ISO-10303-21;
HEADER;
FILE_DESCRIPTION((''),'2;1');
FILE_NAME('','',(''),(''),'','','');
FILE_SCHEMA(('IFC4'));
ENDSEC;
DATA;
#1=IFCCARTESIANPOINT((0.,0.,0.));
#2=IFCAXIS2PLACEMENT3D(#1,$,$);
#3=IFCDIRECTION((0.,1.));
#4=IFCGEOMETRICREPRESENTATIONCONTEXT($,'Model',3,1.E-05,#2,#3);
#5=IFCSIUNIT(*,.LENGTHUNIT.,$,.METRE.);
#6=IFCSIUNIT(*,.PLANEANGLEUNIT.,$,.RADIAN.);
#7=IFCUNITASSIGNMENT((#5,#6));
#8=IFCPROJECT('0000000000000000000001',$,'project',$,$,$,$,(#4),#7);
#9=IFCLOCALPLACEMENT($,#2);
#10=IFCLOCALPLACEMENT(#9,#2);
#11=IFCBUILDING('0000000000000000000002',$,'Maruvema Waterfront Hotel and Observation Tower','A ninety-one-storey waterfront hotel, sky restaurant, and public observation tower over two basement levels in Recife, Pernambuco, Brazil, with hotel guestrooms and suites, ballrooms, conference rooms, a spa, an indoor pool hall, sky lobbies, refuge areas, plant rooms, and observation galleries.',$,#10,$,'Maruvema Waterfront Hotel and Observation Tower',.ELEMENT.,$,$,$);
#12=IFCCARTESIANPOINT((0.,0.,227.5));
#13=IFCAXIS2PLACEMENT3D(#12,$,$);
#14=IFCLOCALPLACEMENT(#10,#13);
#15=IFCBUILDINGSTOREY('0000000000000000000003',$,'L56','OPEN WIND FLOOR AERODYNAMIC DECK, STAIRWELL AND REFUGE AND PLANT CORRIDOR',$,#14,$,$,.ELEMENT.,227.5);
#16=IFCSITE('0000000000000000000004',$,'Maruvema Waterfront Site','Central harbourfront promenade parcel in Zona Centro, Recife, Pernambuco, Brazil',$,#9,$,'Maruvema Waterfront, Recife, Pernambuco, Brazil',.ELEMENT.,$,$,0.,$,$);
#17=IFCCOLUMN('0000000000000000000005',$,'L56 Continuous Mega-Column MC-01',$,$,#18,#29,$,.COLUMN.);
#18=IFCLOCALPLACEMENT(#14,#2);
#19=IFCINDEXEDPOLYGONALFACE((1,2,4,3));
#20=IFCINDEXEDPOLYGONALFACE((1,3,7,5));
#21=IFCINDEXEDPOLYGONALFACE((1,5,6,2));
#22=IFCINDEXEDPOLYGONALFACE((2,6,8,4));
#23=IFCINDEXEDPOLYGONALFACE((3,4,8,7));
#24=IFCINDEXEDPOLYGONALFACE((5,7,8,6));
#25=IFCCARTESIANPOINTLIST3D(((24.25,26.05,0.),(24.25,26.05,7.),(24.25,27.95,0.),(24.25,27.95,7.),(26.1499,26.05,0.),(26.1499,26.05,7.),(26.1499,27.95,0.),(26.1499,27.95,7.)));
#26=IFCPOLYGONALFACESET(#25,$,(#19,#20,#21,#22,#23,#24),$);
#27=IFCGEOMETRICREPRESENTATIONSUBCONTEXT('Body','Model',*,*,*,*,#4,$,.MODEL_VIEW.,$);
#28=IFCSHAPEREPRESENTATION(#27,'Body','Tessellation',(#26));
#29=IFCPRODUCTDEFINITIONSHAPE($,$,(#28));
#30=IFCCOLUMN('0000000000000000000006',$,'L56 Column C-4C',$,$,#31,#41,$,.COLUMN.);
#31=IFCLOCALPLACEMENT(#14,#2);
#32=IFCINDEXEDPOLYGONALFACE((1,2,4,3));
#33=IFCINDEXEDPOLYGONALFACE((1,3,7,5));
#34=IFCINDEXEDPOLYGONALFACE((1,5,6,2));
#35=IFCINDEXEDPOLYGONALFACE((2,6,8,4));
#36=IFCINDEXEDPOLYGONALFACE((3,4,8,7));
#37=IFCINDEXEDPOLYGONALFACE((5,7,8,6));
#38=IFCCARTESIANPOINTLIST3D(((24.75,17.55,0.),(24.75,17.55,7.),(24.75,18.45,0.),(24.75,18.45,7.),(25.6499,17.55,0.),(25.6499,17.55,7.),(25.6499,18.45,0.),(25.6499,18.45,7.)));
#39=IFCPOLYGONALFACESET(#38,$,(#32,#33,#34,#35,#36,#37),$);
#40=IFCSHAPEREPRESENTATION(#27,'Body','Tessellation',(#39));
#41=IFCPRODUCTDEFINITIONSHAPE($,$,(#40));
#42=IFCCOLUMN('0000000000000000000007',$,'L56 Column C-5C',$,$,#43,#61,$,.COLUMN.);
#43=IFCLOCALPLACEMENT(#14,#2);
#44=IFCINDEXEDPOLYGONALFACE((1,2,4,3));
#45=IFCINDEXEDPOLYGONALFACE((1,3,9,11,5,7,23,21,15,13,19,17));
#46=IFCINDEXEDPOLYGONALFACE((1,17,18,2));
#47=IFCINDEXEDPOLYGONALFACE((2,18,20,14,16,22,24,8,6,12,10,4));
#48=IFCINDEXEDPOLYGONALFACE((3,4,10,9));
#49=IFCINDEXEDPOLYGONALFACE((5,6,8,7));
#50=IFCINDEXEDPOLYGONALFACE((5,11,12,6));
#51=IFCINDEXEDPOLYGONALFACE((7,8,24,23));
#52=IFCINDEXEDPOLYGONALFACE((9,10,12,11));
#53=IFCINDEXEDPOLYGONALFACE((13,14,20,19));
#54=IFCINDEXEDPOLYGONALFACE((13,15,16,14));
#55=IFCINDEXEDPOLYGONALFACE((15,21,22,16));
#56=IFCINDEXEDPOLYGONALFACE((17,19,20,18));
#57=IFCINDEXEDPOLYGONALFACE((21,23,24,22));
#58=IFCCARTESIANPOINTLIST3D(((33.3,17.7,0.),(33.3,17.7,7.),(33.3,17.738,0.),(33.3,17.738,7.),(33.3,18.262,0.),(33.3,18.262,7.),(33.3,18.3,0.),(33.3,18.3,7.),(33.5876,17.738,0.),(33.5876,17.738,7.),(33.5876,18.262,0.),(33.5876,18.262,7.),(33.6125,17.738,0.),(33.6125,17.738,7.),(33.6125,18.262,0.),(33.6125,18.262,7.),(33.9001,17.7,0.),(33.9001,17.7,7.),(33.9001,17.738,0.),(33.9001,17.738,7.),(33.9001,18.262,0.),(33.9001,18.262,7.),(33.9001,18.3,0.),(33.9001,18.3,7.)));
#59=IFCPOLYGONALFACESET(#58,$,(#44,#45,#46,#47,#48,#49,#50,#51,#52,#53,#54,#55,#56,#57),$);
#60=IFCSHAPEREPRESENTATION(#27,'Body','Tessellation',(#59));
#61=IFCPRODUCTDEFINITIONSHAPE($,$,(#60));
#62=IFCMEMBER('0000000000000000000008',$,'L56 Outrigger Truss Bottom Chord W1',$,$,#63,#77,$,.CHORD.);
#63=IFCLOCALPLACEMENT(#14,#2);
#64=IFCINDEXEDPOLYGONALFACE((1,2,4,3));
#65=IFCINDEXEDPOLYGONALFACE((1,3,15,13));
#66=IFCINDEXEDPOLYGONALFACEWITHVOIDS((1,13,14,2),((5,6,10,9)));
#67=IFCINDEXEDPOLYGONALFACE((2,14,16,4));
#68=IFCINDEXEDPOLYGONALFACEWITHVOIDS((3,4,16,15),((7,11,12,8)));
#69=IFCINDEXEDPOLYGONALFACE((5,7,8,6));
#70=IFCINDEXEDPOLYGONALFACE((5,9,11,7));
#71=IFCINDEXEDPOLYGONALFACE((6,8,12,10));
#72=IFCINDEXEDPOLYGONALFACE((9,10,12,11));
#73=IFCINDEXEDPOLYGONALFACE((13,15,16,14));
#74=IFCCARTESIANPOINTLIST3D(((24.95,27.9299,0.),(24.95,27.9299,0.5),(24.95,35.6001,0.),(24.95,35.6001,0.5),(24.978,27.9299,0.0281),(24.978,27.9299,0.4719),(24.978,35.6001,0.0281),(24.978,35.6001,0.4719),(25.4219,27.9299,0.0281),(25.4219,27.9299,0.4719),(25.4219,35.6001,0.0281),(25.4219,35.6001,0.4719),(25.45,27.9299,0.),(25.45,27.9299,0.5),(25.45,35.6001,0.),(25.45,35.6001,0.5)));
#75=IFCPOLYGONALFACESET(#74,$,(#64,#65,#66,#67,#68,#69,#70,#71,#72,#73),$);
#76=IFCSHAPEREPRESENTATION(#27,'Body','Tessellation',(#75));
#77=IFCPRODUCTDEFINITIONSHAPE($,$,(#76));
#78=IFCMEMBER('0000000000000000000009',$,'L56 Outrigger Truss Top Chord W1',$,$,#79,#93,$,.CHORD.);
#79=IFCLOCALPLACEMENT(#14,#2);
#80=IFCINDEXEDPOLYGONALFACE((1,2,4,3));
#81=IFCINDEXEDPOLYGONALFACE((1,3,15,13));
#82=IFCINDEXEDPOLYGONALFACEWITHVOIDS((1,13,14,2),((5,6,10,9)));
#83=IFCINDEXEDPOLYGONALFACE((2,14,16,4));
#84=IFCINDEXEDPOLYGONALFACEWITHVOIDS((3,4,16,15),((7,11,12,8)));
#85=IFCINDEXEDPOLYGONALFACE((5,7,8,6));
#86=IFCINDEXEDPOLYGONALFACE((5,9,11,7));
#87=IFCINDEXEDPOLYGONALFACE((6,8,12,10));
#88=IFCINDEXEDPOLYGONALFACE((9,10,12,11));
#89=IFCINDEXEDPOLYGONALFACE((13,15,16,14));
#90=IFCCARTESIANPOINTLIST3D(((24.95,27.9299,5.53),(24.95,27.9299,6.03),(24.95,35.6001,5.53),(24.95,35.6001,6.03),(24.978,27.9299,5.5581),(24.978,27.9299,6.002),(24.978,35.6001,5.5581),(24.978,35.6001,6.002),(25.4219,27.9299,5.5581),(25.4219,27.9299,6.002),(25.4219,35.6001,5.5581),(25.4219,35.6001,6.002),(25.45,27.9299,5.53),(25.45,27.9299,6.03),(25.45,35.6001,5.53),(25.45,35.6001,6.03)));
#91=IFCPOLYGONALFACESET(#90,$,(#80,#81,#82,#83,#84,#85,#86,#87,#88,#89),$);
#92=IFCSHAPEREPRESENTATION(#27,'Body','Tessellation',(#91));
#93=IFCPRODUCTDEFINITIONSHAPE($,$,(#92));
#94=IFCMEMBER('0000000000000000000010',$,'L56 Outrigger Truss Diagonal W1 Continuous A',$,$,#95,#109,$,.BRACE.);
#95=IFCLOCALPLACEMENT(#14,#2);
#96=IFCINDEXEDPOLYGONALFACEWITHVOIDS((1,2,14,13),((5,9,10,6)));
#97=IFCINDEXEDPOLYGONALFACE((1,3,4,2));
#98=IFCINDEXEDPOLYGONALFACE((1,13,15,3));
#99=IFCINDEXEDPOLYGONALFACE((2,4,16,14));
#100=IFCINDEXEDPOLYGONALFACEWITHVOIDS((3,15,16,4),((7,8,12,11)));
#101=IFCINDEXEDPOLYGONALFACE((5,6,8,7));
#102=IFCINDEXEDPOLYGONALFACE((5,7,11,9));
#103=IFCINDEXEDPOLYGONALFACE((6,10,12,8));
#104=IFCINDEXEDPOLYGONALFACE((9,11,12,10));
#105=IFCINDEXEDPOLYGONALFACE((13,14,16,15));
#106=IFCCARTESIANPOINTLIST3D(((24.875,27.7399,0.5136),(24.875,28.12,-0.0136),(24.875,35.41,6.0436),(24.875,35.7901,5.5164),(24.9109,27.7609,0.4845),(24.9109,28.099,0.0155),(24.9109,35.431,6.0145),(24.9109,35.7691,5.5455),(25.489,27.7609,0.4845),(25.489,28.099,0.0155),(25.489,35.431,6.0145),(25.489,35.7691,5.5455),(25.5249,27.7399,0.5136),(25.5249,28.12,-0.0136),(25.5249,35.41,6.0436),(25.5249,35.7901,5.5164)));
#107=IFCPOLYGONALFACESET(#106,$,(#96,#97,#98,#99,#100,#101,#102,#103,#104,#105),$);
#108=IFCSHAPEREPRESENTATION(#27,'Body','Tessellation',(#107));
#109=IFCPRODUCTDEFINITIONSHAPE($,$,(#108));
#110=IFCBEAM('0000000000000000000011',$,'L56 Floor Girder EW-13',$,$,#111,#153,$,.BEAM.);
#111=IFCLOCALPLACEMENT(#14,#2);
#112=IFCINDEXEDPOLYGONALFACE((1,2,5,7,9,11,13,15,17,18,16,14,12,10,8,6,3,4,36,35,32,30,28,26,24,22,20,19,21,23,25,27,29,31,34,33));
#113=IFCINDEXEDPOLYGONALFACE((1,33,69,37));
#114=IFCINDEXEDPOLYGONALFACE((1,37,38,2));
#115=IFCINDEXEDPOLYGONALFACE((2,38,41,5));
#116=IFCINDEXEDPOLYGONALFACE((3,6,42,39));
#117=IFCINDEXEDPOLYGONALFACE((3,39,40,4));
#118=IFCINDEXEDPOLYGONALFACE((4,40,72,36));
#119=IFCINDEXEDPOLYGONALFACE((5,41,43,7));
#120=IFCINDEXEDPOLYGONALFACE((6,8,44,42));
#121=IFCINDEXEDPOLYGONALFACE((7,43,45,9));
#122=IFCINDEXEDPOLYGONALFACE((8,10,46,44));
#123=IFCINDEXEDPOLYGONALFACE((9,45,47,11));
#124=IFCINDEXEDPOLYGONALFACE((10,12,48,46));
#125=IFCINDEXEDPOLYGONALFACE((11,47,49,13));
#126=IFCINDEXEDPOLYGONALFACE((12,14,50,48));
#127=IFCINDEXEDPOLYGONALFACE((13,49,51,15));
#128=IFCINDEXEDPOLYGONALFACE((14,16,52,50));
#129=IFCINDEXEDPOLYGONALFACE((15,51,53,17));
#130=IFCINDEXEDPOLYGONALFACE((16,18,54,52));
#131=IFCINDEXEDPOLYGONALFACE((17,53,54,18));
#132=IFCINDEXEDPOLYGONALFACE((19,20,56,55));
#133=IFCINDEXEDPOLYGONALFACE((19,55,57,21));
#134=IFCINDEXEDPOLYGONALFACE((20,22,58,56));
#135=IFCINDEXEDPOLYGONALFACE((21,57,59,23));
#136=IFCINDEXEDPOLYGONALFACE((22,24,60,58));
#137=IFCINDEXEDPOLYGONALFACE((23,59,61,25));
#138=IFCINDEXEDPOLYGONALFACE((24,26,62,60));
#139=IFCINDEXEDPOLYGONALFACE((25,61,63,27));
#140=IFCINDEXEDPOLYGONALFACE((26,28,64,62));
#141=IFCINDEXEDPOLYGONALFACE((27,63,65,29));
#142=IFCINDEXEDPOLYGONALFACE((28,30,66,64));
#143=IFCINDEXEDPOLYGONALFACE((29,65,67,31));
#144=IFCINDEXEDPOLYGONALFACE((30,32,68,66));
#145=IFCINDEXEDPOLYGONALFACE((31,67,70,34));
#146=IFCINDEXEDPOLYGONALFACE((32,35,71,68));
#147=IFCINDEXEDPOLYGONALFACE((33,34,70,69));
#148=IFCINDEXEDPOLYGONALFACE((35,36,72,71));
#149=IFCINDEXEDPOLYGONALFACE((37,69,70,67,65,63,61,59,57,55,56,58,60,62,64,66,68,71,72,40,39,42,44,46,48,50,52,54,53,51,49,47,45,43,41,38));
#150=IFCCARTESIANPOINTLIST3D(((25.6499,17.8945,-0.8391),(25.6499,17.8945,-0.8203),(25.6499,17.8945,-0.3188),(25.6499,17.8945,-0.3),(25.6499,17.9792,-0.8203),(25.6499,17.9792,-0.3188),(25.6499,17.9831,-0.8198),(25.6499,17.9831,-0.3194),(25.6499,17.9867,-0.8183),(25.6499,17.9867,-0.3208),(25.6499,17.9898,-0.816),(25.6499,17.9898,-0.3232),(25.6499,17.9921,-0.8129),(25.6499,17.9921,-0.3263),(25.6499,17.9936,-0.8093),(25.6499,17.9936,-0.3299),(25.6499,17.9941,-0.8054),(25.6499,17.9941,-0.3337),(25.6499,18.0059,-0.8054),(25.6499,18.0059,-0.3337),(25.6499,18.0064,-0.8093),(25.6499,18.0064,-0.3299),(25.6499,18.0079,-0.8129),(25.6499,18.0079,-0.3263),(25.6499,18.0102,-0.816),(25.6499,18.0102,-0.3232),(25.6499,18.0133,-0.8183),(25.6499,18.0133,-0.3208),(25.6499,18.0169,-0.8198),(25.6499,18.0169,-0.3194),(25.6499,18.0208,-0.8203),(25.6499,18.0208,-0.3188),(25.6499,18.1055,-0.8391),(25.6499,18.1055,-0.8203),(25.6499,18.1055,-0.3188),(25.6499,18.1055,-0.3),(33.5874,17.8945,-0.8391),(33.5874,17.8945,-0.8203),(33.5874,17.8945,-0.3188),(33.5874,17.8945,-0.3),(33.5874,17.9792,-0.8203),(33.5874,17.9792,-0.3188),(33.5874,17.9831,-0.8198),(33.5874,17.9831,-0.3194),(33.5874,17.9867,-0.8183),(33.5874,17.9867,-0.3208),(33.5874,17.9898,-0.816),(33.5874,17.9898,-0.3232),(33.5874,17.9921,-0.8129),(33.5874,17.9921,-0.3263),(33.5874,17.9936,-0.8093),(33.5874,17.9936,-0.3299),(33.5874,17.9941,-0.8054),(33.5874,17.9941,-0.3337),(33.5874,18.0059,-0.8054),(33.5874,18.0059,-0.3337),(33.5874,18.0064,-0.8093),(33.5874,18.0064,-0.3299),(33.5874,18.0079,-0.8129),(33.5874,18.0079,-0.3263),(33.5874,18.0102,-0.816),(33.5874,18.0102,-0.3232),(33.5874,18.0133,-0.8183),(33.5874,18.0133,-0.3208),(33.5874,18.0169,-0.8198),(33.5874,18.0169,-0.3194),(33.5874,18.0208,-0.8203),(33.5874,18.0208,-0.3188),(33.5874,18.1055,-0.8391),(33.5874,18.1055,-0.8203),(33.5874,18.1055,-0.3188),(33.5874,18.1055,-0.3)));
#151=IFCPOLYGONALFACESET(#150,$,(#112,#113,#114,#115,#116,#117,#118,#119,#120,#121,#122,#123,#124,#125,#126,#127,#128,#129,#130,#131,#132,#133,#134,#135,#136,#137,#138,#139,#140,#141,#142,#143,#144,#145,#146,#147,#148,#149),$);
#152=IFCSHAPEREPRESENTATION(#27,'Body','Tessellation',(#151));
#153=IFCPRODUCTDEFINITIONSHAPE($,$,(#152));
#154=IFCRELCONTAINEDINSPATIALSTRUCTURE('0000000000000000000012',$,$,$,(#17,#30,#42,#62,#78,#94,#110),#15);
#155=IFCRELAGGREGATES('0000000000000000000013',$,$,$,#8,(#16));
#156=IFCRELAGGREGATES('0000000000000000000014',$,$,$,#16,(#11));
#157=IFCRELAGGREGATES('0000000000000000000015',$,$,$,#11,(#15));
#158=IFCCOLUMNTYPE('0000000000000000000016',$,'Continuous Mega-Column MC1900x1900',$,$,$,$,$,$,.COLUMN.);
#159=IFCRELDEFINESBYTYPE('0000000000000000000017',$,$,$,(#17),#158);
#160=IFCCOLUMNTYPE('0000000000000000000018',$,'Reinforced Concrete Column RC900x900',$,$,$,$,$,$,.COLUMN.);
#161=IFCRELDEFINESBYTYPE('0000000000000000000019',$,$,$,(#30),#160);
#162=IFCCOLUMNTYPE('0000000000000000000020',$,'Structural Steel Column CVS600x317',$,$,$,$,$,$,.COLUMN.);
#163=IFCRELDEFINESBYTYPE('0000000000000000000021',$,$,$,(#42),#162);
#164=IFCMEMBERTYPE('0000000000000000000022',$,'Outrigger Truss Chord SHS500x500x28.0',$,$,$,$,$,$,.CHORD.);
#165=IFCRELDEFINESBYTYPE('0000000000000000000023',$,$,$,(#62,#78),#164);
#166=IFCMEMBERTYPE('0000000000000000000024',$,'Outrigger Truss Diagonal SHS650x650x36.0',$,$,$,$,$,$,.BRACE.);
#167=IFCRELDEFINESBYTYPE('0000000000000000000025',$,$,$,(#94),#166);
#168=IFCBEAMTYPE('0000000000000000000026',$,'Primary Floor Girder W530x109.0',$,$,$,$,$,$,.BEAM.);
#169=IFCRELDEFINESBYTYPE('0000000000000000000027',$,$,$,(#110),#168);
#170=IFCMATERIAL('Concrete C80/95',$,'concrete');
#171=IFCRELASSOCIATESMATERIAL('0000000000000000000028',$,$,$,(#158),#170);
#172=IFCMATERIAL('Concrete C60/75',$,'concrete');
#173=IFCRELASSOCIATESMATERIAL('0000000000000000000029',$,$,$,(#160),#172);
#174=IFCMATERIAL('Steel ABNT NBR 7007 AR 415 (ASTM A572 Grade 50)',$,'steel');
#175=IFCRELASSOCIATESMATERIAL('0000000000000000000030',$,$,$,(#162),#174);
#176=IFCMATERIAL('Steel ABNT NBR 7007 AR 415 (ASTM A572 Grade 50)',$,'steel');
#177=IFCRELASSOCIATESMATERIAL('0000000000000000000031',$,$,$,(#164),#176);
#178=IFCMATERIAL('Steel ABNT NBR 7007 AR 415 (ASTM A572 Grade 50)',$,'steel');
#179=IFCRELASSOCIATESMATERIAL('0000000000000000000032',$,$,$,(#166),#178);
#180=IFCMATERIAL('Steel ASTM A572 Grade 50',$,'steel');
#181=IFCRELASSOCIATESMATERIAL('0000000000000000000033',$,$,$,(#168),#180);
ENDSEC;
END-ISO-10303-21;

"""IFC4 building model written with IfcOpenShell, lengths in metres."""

from ifc_helpers import new_model, si_unit, direction, frame, origin, origin_2d, place, context, subcontext, project, spatial, rectangle, hollow_rectangle, i_section, extrude, material, material_profile, profile_set, type_object, element, save


model = new_model("IFC4")

# Units and contexts
model_context = context("Model", 3, precision=1e-05, world=origin(), true_north=direction((0.0, 1.0)))
body_context = subcontext(model_context, "Body", "Model", "MODEL_VIEW")
ifc_project = project(units=[si_unit("LENGTHUNIT", "METRE"), si_unit("PLANEANGLEUNIT", "RADIAN")], contexts=[model_context])

# Site, building, storey
site_placement = place(None, origin())
site = spatial("IfcSite", under=ifc_project, at=site_placement, Name="Maruvema Waterfront Site", Description="Central harbourfront promenade parcel in Zona Centro, Recife, Pernambuco, Brazil", LongName="Maruvema Waterfront, Recife, Pernambuco, Brazil", CompositionType="ELEMENT", RefElevation=0.0)
building_placement = place(site_placement, origin())
building = spatial("IfcBuilding", under=site, at=building_placement, Name="Maruvema Waterfront Hotel and Observation Tower", Description="A ninety-one-storey waterfront hotel, sky restaurant, and public observation tower over two basement levels in Recife, Pernambuco, Brazil, with hotel guestrooms and suites, ballrooms, conference rooms, a spa, an indoor pool hall, sky lobbies, refuge areas, plant rooms, and observation galleries.", LongName="Maruvema Waterfront Hotel and Observation Tower", CompositionType="ELEMENT")
storey_placement = place(building_placement, frame((0.0, 0.0, 227.5)))
storey = spatial("IfcBuildingStorey", under=building, at=storey_placement, Name="L56", Description="OPEN WIND FLOOR AERODYNAMIC DECK, STAIRWELL AND REFUGE AND PLANT CORRIDOR", CompositionType="ELEMENT", Elevation=227.5)

# Columns
ifc_material_1 = material(Name="Concrete C80/95", Category="concrete")
ifc_material_profile_1 = material_profile(ifc_material_1, rectangle(XDim=1.8999, YDim=1.8999, at=origin_2d()), Name="MC1900x1900")
ifc_profile_set_1 = profile_set([ifc_material_profile_1], Name="Concrete C80/95")
column_type_1 = type_object("IfcColumnType", Name="Continuous Mega-Column MC1900x1900", PredefinedType="COLUMN", material=ifc_profile_set_1)
column_1_placement = place(storey_placement, frame((25.2, 27.0, 0.0), z_axis=(0.0, 0.0, 1.0), x_axis=(1.0, 0.0, 0.0)))
element("IfcColumn", 1, at=column_1_placement, inside=storey, type_object=column_type_1, Name="L56 Continuous Mega-Column MC-01", PredefinedType="COLUMN", context=body_context, shape_type="SweptSolid", body=[
    extrude(rectangle(XDim=1.8999, YDim=1.8999, at=origin_2d()), origin(), (0.0, 0.0, 1.0), 7.0),
])
ifc_material_2 = material(Name="Concrete C60/75", Category="concrete")
ifc_material_profile_2 = material_profile(ifc_material_2, rectangle(XDim=0.8999, YDim=0.8999, at=origin_2d()), Name="RC900x900")
ifc_profile_set_2 = profile_set([ifc_material_profile_2], Name="Concrete C60/75")
column_type_2 = type_object("IfcColumnType", Name="Reinforced Concrete Column RC900x900", PredefinedType="COLUMN", material=ifc_profile_set_2)
column_2_placement = place(storey_placement, frame((25.2, 18.0, 0.0), z_axis=(0.0, 0.0, 1.0), x_axis=(1.0, 0.0, 0.0)))
element("IfcColumn", 2, at=column_2_placement, inside=storey, type_object=column_type_2, Name="L56 Column C-4C", PredefinedType="COLUMN", context=body_context, shape_type="SweptSolid", body=[
    extrude(rectangle(XDim=0.8999, YDim=0.8999, at=origin_2d()), origin(), (0.0, 0.0, 1.0), 7.0),
])
ifc_material_3 = material(Name="Steel ABNT NBR 7007 AR 415 (ASTM A572 Grade 50)", Category="steel")
ifc_material_profile_3 = material_profile(ifc_material_3, i_section(OverallWidth=0.6001, OverallDepth=0.6001, WebThickness=0.0249, FlangeThickness=0.0381, at=origin_2d()), Name="CVS600x317")
ifc_profile_set_3 = profile_set([ifc_material_profile_3], Name="Steel ABNT NBR 7007 AR 415 (ASTM A572 Grade 50)")
column_type_3 = type_object("IfcColumnType", Name="Structural Steel Column CVS600x317", PredefinedType="COLUMN", material=ifc_profile_set_3)
column_3_placement = place(storey_placement, frame((33.6001, 18.0, 0.0), z_axis=(0.0, 0.0, 1.0), x_axis=(1.0, 0.0, 0.0)))
element("IfcColumn", 3, at=column_3_placement, inside=storey, type_object=column_type_3, Name="L56 Column C-5C", PredefinedType="COLUMN", context=body_context, shape_type="SweptSolid", body=[
    extrude(i_section(OverallWidth=0.6001, OverallDepth=0.6001, WebThickness=0.0249, FlangeThickness=0.0381, at=origin_2d()), origin(), (0.0, 0.0, 1.0), 7.0),
])

# Members
ifc_material_4 = material(Name="Steel ABNT NBR 7007 AR 415 (ASTM A572 Grade 50)", Category="steel")
ifc_material_profile_4 = material_profile(ifc_material_4, hollow_rectangle(XDim=0.5, YDim=0.5, WallThickness=0.0281, at=origin_2d()), Name="SHS500x500x28.0")
ifc_profile_set_4 = profile_set([ifc_material_profile_4], Name="Steel ABNT NBR 7007 AR 415 (ASTM A572 Grade 50)")
member_type_1 = type_object("IfcMemberType", Name="Outrigger Truss Chord SHS500x500x28.0", PredefinedType="CHORD", material=ifc_profile_set_4)
for number, where, z_axis, x_axis, name in (
    (4, (25.2, 27.9299, 0.25), (0.0, 1.0, 0.0), (-1.0, 0.0, 0.0), "L56 Outrigger Truss Bottom Chord W1"),
    (5, (25.2, 27.9299, 5.78), (0.0, 1.0, 0.0), (-1.0, 0.0, 0.0), "L56 Outrigger Truss Top Chord W1"),
):
    element("IfcMember", number, at=place(storey_placement, frame(where, z_axis=z_axis, x_axis=x_axis)), inside=storey, type_object=member_type_1, Name=name, PredefinedType="CHORD", context=body_context, shape_type="SweptSolid", body=[
        extrude(hollow_rectangle(XDim=0.5, YDim=0.5, WallThickness=0.0281, at=origin_2d()), origin(), (0.0, 0.0, 1.0), 7.6702),
    ])
ifc_material_5 = material(Name="Steel ABNT NBR 7007 AR 415 (ASTM A572 Grade 50)", Category="steel")
ifc_material_profile_5 = material_profile(ifc_material_5, hollow_rectangle(XDim=0.6499, YDim=0.6499, WallThickness=0.0359, at=origin_2d()), Name="SHS650x650x36.0")
ifc_profile_set_5 = profile_set([ifc_material_profile_5], Name="Steel ABNT NBR 7007 AR 415 (ASTM A572 Grade 50)")
member_type_2 = type_object("IfcMemberType", Name="Outrigger Truss Diagonal SHS650x650x36.0", PredefinedType="BRACE", material=ifc_profile_set_5)
member_placement = place(storey_placement, frame((25.2, 27.9299, 0.25), z_axis=(0.0, 0.811158, 0.584828), x_axis=(-1.0, 0.0, 0.0)))
element("IfcMember", 6, at=member_placement, inside=storey, type_object=member_type_2, Name="L56 Outrigger Truss Diagonal W1 Continuous A", PredefinedType="BRACE", context=body_context, shape_type="SweptSolid", body=[
    extrude(hollow_rectangle(XDim=0.6499, YDim=0.6499, WallThickness=0.0359, at=origin_2d()), origin(), (0.0, 0.0, 1.0), 9.4558),
])

# Beam
ifc_material_6 = material(Name="Steel ASTM A572 Grade 50", Category="steel")
ifc_material_profile_6 = material_profile(ifc_material_6, i_section(OverallWidth=0.2109, OverallDepth=0.5391, WebThickness=0.0117, FlangeThickness=0.0188, FilletRadius=0.0149, at=origin_2d()), Name="W530x109.0")
ifc_profile_set_6 = profile_set([ifc_material_profile_6], Name="Steel ASTM A572 Grade 50")
beam_type_1 = type_object("IfcBeamType", Name="Primary Floor Girder W530x109.0", PredefinedType="BEAM", material=ifc_profile_set_6)
beam_1_placement = place(storey_placement, frame((25.6499, 18.0, -0.5696), z_axis=(1.0, 0.0, 0.0), x_axis=(0.0, 1.0, 0.0)))
element("IfcBeam", 7, at=beam_1_placement, inside=storey, type_object=beam_type_1, Name="L56 Floor Girder EW-13", PredefinedType="BEAM", context=body_context, shape_type="SweptSolid", body=[
    extrude(i_section(OverallWidth=0.2109, OverallDepth=0.5391, WebThickness=0.0117, FlangeThickness=0.0188, FilletRadius=0.0149, at=origin_2d()), origin(), (0.0, 0.0, 1.0), 7.9375),
])

save(model, "model.ifc")
